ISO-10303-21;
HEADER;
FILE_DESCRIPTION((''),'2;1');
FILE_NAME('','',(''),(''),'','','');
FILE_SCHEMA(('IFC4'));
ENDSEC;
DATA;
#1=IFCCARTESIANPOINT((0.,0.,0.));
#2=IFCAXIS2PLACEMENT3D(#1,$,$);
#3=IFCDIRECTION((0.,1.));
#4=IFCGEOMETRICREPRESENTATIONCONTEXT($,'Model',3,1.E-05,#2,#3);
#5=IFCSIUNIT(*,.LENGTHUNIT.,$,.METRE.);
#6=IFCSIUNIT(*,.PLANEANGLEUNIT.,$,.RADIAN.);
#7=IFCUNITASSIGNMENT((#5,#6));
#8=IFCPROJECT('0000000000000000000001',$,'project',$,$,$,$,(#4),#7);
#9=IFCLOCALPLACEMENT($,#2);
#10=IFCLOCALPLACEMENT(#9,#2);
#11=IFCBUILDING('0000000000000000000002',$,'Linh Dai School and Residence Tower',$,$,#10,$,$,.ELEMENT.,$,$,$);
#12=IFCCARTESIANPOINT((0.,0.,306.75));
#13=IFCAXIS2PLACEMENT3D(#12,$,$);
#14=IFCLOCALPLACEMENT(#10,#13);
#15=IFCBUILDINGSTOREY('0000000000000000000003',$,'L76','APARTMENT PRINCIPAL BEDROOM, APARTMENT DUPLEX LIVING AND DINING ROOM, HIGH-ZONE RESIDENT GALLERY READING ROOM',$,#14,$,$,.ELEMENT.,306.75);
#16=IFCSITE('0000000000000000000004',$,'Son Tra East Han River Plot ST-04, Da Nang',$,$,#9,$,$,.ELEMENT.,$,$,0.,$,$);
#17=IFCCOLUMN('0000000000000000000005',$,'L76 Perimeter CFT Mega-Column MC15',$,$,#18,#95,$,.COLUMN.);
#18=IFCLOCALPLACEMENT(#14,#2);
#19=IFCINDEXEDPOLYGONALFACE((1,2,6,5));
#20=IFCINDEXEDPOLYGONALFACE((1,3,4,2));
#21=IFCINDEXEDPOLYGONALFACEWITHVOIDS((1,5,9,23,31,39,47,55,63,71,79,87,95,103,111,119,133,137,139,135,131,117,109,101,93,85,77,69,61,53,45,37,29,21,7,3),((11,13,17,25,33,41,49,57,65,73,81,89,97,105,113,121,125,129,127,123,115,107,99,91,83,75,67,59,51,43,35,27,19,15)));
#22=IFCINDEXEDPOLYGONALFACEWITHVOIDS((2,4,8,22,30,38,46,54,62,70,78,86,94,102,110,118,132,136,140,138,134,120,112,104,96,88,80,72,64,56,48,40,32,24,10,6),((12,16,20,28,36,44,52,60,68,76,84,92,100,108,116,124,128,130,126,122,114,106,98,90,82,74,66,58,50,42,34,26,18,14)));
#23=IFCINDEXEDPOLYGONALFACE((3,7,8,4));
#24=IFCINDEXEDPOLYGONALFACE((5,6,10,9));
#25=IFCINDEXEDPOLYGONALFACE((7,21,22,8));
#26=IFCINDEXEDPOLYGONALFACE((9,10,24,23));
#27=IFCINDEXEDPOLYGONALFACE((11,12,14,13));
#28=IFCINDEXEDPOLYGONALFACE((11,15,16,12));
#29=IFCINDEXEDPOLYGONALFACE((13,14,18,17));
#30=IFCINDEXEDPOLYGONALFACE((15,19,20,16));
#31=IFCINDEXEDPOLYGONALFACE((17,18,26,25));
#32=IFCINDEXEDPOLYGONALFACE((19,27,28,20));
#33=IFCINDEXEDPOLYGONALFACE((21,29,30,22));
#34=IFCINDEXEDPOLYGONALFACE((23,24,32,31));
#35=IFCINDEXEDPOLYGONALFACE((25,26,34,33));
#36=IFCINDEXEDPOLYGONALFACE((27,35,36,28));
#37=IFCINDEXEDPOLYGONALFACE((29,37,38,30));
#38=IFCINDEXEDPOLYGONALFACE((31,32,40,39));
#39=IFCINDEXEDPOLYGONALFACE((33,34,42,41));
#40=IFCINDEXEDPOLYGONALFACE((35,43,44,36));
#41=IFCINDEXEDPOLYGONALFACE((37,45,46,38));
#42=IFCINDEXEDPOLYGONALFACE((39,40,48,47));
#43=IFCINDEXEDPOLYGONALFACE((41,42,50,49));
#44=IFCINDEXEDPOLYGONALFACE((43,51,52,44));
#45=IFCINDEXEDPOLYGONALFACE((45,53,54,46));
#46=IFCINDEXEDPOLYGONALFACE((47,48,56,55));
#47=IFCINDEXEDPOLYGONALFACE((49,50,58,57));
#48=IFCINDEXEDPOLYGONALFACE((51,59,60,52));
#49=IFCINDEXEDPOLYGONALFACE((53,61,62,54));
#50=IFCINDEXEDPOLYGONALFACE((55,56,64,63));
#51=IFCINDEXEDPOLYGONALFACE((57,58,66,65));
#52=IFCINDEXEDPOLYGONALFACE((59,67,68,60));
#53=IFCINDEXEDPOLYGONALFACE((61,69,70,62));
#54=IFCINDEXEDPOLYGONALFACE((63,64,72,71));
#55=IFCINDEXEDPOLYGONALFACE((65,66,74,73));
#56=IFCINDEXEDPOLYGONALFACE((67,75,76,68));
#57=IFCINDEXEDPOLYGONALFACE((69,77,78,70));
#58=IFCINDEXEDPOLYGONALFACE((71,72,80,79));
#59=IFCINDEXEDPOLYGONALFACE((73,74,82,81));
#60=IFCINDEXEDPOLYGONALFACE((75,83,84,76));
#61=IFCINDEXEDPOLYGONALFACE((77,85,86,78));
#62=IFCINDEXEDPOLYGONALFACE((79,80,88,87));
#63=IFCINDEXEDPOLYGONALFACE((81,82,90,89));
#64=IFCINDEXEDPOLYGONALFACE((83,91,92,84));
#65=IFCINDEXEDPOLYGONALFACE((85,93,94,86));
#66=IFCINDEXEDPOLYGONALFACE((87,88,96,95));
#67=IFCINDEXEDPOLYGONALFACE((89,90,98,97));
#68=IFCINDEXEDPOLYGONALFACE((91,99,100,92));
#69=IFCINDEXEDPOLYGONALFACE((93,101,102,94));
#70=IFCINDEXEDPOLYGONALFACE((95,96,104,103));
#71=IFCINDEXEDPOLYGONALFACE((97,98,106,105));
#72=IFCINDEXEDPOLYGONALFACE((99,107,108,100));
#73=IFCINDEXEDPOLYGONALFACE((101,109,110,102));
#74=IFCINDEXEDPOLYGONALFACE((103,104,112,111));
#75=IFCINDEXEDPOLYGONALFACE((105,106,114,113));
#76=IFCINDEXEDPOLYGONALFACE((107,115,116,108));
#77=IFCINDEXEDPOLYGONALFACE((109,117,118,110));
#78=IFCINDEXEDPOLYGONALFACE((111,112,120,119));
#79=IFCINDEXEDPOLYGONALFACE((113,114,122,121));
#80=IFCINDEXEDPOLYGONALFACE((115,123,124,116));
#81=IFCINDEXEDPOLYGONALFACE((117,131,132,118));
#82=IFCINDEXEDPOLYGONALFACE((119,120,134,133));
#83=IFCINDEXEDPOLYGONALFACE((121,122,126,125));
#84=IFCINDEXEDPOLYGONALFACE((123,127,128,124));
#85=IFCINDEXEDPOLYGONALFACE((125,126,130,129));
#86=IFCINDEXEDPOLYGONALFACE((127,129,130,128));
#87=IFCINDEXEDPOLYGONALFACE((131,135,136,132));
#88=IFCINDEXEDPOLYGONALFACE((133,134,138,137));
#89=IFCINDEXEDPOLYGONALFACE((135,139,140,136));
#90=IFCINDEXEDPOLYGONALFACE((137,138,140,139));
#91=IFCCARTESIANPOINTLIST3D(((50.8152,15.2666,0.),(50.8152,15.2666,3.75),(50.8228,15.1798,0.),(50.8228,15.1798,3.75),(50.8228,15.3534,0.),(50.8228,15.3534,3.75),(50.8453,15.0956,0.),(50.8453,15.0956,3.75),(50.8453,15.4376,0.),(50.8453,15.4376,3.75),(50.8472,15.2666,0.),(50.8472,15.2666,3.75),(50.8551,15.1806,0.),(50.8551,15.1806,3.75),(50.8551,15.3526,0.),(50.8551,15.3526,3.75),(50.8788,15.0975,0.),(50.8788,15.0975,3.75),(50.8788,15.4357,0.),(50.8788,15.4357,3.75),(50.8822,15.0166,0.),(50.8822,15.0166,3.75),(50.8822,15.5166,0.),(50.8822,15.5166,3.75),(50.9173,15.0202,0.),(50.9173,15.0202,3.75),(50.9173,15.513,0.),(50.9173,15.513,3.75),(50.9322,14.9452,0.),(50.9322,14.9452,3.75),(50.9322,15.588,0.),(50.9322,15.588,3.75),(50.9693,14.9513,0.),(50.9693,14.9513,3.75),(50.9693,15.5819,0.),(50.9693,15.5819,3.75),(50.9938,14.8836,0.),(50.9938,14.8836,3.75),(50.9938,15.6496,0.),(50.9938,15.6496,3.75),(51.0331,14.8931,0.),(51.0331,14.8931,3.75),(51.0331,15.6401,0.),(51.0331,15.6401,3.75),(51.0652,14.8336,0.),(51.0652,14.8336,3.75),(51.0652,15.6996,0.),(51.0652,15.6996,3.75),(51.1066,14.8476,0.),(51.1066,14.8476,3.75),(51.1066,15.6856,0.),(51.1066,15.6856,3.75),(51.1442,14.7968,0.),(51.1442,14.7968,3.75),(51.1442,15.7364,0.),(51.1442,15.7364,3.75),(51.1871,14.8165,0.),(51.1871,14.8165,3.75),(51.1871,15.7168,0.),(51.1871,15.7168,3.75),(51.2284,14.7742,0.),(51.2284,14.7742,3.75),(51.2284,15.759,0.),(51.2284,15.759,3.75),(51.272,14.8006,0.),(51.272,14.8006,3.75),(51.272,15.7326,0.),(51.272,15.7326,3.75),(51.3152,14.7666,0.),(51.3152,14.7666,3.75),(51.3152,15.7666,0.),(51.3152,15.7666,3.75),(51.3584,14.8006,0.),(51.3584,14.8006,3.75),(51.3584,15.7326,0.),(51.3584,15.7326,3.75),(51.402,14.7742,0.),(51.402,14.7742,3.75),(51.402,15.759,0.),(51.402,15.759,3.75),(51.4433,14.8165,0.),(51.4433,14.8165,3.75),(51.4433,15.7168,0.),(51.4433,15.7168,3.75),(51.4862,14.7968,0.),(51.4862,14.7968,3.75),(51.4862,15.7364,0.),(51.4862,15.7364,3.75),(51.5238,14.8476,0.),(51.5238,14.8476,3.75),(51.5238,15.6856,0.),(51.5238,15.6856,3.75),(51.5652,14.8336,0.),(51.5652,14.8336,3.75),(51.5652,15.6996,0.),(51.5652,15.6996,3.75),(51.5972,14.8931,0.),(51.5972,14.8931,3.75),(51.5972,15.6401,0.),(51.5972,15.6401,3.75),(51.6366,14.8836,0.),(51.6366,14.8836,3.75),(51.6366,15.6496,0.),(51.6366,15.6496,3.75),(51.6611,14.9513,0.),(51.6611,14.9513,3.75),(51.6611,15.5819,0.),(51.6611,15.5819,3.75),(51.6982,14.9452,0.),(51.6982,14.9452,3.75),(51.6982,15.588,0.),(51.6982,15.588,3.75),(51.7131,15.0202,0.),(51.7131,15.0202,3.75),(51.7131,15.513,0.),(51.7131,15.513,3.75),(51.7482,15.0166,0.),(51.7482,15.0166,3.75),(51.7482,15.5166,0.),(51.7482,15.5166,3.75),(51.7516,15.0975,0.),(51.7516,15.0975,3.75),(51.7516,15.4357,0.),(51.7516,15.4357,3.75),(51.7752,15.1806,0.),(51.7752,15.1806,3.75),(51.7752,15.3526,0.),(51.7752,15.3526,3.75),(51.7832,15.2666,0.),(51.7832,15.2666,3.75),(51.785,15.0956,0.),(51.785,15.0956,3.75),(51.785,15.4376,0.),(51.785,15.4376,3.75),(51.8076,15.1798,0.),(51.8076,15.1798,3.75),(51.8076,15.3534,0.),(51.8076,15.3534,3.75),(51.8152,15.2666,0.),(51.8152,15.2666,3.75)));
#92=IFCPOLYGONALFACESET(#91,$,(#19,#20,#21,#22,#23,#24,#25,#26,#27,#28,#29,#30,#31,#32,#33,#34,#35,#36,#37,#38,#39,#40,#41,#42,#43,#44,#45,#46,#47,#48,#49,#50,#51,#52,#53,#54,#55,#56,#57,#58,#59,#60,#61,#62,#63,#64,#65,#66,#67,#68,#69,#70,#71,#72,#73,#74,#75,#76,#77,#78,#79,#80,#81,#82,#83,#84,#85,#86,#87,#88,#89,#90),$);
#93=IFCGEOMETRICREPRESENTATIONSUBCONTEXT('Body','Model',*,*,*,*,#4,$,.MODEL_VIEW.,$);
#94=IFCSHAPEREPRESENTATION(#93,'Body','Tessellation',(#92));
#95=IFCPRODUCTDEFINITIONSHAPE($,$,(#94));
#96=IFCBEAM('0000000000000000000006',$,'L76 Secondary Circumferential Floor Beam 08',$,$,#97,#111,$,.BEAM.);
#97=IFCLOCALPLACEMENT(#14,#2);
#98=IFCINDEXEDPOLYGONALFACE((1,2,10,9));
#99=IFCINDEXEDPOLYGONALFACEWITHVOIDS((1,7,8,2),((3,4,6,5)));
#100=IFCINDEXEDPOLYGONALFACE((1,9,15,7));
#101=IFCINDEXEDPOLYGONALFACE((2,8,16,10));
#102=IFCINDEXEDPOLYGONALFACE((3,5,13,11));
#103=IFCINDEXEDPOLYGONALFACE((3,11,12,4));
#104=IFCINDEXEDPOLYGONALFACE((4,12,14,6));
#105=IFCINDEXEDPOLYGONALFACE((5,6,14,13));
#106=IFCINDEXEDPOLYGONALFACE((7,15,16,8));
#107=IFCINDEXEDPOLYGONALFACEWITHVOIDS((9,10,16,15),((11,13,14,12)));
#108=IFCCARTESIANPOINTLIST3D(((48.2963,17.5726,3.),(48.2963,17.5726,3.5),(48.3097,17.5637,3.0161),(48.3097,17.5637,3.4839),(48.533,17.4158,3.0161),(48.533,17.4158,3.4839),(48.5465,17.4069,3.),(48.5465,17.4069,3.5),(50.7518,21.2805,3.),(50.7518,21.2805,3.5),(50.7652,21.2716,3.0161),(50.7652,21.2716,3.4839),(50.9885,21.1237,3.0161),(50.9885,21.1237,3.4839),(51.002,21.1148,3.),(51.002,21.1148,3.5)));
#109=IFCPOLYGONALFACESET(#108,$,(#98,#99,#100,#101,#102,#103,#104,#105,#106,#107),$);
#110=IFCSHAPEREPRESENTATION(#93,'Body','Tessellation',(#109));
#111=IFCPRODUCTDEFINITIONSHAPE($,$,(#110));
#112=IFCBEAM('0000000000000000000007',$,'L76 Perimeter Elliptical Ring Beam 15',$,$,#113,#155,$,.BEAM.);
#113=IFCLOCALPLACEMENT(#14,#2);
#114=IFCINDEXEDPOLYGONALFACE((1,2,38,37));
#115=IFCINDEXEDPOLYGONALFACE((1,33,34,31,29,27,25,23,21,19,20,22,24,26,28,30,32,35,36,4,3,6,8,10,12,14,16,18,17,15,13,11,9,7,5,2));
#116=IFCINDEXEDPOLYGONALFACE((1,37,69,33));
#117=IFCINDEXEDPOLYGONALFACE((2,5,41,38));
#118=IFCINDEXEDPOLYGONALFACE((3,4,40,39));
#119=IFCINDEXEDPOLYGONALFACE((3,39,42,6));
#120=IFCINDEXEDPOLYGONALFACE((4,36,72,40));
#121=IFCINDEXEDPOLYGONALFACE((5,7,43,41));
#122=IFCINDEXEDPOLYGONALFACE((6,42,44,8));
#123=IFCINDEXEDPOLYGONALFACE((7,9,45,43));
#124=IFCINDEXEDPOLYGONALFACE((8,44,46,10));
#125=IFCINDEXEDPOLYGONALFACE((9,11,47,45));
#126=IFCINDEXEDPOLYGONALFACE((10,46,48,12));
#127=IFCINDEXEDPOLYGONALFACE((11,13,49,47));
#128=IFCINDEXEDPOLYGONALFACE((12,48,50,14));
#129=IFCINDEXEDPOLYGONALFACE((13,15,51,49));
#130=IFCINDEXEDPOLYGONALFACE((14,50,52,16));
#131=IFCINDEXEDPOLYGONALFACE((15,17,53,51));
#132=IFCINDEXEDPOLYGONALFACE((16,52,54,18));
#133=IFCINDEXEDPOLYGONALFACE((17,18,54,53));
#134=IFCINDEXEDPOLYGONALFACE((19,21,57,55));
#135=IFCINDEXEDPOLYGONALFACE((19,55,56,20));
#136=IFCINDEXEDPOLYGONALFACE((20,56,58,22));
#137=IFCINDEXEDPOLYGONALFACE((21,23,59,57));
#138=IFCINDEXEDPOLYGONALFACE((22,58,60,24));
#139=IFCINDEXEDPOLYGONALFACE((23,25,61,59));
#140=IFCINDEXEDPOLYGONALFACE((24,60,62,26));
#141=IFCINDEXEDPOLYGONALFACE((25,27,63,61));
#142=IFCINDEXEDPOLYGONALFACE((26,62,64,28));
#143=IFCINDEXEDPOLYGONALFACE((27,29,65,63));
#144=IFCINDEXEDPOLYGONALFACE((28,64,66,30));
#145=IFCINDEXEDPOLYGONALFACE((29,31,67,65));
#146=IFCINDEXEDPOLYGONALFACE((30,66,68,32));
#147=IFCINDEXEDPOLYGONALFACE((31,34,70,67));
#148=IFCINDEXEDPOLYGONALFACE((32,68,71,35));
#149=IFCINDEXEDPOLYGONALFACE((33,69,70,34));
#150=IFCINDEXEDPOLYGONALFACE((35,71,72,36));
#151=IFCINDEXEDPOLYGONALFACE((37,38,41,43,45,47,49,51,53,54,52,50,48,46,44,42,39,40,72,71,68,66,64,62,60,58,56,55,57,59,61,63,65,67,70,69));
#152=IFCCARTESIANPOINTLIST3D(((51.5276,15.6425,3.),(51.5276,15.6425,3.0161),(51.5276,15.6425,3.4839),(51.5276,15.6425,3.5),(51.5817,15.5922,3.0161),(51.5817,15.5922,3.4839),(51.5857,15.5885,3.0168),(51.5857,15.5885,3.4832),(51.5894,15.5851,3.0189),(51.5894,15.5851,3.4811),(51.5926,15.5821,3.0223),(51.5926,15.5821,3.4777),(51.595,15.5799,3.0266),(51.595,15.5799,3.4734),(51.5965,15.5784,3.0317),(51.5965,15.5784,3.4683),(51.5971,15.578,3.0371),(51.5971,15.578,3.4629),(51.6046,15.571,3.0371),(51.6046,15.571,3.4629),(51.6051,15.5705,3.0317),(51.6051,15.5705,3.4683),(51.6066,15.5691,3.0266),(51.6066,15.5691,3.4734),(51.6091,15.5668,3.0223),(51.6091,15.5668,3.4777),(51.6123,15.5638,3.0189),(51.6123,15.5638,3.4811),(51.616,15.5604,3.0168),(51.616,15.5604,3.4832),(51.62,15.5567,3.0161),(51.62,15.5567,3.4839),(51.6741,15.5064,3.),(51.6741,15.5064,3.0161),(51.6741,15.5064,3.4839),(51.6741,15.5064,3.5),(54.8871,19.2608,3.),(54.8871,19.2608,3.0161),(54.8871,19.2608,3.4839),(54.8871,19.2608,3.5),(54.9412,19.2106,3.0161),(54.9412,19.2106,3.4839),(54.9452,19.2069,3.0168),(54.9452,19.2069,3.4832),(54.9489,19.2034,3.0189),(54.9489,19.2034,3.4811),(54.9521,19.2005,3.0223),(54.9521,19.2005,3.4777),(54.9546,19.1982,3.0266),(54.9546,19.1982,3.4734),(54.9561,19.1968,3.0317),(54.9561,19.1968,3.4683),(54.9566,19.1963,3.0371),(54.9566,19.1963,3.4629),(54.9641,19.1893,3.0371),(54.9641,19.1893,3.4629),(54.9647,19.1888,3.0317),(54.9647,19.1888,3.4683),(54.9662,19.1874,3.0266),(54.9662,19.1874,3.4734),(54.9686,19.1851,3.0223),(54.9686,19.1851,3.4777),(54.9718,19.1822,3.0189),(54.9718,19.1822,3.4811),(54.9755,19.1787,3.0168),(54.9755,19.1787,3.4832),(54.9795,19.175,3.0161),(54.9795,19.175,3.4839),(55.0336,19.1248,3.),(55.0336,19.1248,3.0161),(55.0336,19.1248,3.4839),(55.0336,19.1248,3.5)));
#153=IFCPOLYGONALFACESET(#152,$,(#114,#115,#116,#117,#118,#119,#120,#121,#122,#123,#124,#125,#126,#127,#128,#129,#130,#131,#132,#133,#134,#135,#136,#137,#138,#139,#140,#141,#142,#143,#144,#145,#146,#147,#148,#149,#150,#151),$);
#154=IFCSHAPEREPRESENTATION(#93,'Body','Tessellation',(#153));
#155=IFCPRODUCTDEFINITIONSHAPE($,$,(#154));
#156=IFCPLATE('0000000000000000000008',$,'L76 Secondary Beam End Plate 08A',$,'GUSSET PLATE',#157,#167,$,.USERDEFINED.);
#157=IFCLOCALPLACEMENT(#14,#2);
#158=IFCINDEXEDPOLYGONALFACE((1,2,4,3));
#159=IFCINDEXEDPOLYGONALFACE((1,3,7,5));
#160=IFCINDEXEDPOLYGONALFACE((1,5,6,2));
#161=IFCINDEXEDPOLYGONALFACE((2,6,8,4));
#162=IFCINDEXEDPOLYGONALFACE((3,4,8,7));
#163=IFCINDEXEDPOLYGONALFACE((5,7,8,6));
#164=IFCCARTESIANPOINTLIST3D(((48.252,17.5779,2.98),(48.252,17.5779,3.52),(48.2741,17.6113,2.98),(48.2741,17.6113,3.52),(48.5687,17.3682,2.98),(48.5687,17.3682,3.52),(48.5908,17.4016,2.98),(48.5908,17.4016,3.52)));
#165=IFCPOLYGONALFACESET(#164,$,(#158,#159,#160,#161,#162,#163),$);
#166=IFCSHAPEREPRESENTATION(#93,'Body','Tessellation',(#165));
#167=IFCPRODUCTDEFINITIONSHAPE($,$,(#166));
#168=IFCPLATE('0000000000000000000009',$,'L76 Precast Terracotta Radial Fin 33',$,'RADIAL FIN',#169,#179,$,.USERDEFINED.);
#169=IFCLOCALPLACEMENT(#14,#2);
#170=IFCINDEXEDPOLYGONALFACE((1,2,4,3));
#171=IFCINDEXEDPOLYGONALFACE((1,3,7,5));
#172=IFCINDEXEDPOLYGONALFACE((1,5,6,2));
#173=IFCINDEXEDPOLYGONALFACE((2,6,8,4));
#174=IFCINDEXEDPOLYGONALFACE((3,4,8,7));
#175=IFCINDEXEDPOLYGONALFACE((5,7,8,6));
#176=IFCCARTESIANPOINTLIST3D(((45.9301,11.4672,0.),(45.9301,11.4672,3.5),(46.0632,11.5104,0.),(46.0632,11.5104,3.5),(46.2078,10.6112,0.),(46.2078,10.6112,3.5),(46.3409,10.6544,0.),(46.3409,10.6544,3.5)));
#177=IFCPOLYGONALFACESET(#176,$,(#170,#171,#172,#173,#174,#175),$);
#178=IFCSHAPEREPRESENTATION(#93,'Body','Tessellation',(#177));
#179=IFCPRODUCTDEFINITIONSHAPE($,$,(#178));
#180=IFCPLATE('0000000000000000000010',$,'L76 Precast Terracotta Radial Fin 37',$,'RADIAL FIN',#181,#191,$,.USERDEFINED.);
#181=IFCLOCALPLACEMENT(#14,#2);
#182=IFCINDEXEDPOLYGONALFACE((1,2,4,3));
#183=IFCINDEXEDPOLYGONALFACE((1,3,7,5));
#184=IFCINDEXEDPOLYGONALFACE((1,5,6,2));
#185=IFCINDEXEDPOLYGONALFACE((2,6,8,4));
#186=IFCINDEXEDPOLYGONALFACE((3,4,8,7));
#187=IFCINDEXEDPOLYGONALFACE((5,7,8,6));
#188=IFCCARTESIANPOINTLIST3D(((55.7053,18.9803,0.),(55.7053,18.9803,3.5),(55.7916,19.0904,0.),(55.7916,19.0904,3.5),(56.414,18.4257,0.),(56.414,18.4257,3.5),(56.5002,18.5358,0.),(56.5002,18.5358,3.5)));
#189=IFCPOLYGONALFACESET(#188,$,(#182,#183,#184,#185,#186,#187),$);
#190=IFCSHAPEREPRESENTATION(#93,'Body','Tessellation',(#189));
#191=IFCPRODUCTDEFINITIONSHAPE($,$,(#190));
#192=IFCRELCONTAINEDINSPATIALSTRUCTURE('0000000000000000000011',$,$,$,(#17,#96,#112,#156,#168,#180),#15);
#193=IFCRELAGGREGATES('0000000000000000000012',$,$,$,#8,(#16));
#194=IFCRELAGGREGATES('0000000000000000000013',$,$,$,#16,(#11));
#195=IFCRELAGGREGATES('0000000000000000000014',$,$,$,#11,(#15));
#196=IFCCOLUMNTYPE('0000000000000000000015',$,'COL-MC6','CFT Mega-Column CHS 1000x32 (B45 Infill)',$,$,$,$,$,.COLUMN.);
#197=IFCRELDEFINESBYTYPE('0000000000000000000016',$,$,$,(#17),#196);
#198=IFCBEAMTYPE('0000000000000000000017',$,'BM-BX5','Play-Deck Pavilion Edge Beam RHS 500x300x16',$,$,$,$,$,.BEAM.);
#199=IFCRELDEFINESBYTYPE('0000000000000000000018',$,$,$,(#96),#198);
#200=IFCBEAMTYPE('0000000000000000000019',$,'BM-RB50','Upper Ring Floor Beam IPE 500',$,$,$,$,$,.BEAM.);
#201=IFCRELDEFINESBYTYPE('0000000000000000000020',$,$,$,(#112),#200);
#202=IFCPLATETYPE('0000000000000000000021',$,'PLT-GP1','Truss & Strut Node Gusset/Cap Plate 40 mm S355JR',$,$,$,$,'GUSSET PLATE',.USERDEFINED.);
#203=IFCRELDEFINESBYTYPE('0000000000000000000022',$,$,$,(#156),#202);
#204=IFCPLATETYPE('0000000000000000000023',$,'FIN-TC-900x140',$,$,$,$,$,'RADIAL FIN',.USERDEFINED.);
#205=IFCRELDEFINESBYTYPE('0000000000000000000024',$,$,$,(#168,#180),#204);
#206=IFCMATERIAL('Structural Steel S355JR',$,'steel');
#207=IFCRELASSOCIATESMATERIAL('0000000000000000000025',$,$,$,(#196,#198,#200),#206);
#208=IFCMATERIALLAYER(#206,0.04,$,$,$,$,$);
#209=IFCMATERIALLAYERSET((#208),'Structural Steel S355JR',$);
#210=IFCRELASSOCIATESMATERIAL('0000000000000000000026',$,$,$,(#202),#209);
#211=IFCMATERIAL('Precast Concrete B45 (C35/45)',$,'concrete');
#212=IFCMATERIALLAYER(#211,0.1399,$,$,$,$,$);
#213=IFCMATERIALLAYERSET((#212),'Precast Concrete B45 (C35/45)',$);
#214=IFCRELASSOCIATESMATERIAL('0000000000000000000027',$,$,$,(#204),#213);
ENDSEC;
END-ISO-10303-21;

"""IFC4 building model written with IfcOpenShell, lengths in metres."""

from ifc_helpers import new_model, si_unit, direction, frame, origin, origin_2d, place, context, subcontext, project, spatial, rectangle, hollow_rectangle, hollow_circle, i_section, extrude, source, transform, mapped, material, layer, layer_set, material_profile, profile_set, type_object, element, save


model = new_model("IFC4")

# Units and contexts
model_context = context("Model", 3, precision=1e-05, world=origin(), true_north=direction((0.0, 1.0)))
body_context = subcontext(model_context, "Body", "Model", "MODEL_VIEW")
ifc_project = project(units=[si_unit("LENGTHUNIT", "METRE"), si_unit("PLANEANGLEUNIT", "RADIAN")], contexts=[model_context])

# Site, building, storey
site_placement = place(None, origin())
site = spatial("IfcSite", under=ifc_project, at=site_placement, Name="Son Tra East Han River Plot ST-04, Da Nang", CompositionType="ELEMENT", RefElevation=0.0)
building_placement = place(site_placement, origin())
building = spatial("IfcBuilding", under=site, at=building_placement, Name="Linh Dai School and Residence Tower", CompositionType="ELEMENT")
storey_placement = place(building_placement, frame((0.0, 0.0, 306.75)))
storey = spatial("IfcBuildingStorey", under=building, at=storey_placement, Name="L76", Description="APARTMENT PRINCIPAL BEDROOM, APARTMENT DUPLEX LIVING AND DINING ROOM, HIGH-ZONE RESIDENT GALLERY READING ROOM", CompositionType="ELEMENT", Elevation=306.75)

# Column
ifc_material_1 = material(Name="Structural Steel S355JR", Category="steel")
ifc_material_profile_1 = material_profile(ifc_material_1, hollow_circle(Radius=0.5, WallThickness=0.032, at=origin_2d()), Name="CHS 1000x32")
ifc_profile_set_1 = profile_set([ifc_material_profile_1], Name="Structural Steel S355JR")
column_type = type_object("IfcColumnType", Name="COL-MC6", Description="CFT Mega-Column CHS 1000x32 (B45 Infill)", PredefinedType="COLUMN", material=ifc_profile_set_1)
column_placement = place(storey_placement, frame((51.3152, 15.2666, 0.0), z_axis=(0.0, 0.0, 1.0), x_axis=(1.0, 0.0, 0.0)))
element("IfcColumn", 1, at=column_placement, inside=storey, type_object=column_type, Name="L76 Perimeter CFT Mega-Column MC15", PredefinedType="COLUMN", context=body_context, shape_type="SweptSolid", body=[
    extrude(hollow_circle(Radius=0.5, WallThickness=0.032, at=origin_2d()), origin(), (0.0, 0.0, 1.0), 3.75),
])

# Beams
ifc_material_profile_2 = material_profile(ifc_material_1, hollow_rectangle(XDim=0.3, YDim=0.5, WallThickness=0.0161, at=origin_2d()), Name="RHS 500x300x16")
ifc_profile_set_2 = profile_set([ifc_material_profile_2], Name="Structural Steel S355JR")
beam_type_1 = type_object("IfcBeamType", Name="BM-BX5", Description="Play-Deck Pavilion Edge Beam RHS 500x300x16", PredefinedType="BEAM", material=ifc_profile_set_2)
beam_1_placement = place(storey_placement, frame((48.4214, 17.4897, 3.25), z_axis=(0.552139, 0.833752, 0.0), x_axis=(-0.833752, 0.552139, 0.0)))
element("IfcBeam", 2, at=beam_1_placement, inside=storey, type_object=beam_type_1, Name="L76 Secondary Circumferential Floor Beam 08", PredefinedType="BEAM", context=body_context, shape_type="SweptSolid", body=[
    extrude(hollow_rectangle(XDim=0.3, YDim=0.5, WallThickness=0.0161, at=origin_2d()), origin(), (0.0, 0.0, 1.0), 4.4473),
])
ifc_material_profile_3 = material_profile(ifc_material_1, i_section(OverallWidth=0.2, OverallDepth=0.5, WebThickness=0.0103, FlangeThickness=0.0161, FilletRadius=0.021, at=origin_2d()), Name="IPE 500")
ifc_profile_set_3 = profile_set([ifc_material_profile_3], Name="Structural Steel S355JR")
beam_type_2 = type_object("IfcBeamType", Name="BM-RB50", Description="Upper Ring Floor Beam IPE 500", PredefinedType="BEAM", material=ifc_profile_set_3)
beam_2_placement = place(storey_placement, frame((51.6008, 15.5745, 3.25), z_axis=(0.680415, 0.732827, 0.0), x_axis=(-0.732827, 0.680415, 0.0)))
element("IfcBeam", 3, at=beam_2_placement, inside=storey, type_object=beam_type_2, Name="L76 Perimeter Elliptical Ring Beam 15", PredefinedType="BEAM", context=body_context, shape_type="SweptSolid", body=[
    extrude(i_section(OverallWidth=0.2, OverallDepth=0.5, WebThickness=0.0103, FlangeThickness=0.0161, FilletRadius=0.021, at=origin_2d()), origin(), (0.0, 0.0, 1.0), 4.9375),
])

# Plates
ifc_layer_1 = layer(ifc_material_1, 0.04)
ifc_layer_set_1 = layer_set([ifc_layer_1], Name="Structural Steel S355JR")
plate_type_1 = type_object("IfcPlateType", Name="PLT-GP1", Description="Truss & Strut Node Gusset/Cap Plate 40 mm S355JR", ElementType="GUSSET PLATE", PredefinedType="USERDEFINED", material=ifc_layer_set_1)
shared_shape_1 = source(origin(), body_context, "Body", "SweptSolid", [
    extrude(rectangle(XDim=0.04, YDim=0.3799, at=origin_2d()), origin(), (0.0, 0.0, 1.0), 0.54),
])
plate_placement = place(storey_placement, frame((48.4214, 17.4897, 2.98), z_axis=(0.0, 0.0, 1.0), x_axis=(0.552122, 0.833763, 0.0)))
element("IfcPlate", 4, at=plate_placement, inside=storey, type_object=plate_type_1, Name="L76 Secondary Beam End Plate 08A", ObjectType="GUSSET PLATE", PredefinedType="USERDEFINED", context=body_context, shape_type="MappedRepresentation", body=[
    mapped(shared_shape_1, transform((0.0, 0.0, 0.0), x_axis=(1.0, 0.0, 0.0), y_axis=(0.0, 1.0, 0.0), z_axis=(0.0, 0.0, 1.0), scale=1.0)),
])
ifc_material_2 = material(Name="Precast Concrete B45 (C35/45)", Category="concrete")
ifc_layer_2 = layer(ifc_material_2, 0.1399)
ifc_layer_set_2 = layer_set([ifc_layer_2], Name="Precast Concrete B45 (C35/45)")
plate_type_2 = type_object("IfcPlateType", Name="FIN-TC-900x140", ElementType="RADIAL FIN", PredefinedType="USERDEFINED", material=ifc_layer_set_2)
shared_shape_2 = source(origin(), body_context, "Body", "SweptSolid", [
    extrude(rectangle(XDim=0.8999, YDim=0.1399, at=origin_2d()), origin(), (0.0, 0.0, 1.0), 3.5),
])
for number, where, z_axis, x_axis, name in (
    (5, (46.1355, 11.0608, 0.0), (0.0, 0.0, 1.0), (0.308519, -0.951218, 0.0), "L76 Precast Terracotta Radial Fin 33"),
    (6, (56.1028, 18.7581, 0.0), (0.0, 0.0, 1.0), (0.787503, -0.616311, 0.0), "L76 Precast Terracotta Radial Fin 37"),
):
    element("IfcPlate", number, at=place(storey_placement, frame(where, z_axis=z_axis, x_axis=x_axis)), inside=storey, type_object=plate_type_2, Name=name, ObjectType="RADIAL FIN", PredefinedType="USERDEFINED", context=body_context, shape_type="MappedRepresentation", body=[
        mapped(shared_shape_2, transform((0.0, 0.0, 0.0), x_axis=(1.0, 0.0, 0.0), y_axis=(0.0, 1.0, 0.0), z_axis=(0.0, 0.0, 1.0), scale=1.0)),
    ])

save(model, "model.ifc")
